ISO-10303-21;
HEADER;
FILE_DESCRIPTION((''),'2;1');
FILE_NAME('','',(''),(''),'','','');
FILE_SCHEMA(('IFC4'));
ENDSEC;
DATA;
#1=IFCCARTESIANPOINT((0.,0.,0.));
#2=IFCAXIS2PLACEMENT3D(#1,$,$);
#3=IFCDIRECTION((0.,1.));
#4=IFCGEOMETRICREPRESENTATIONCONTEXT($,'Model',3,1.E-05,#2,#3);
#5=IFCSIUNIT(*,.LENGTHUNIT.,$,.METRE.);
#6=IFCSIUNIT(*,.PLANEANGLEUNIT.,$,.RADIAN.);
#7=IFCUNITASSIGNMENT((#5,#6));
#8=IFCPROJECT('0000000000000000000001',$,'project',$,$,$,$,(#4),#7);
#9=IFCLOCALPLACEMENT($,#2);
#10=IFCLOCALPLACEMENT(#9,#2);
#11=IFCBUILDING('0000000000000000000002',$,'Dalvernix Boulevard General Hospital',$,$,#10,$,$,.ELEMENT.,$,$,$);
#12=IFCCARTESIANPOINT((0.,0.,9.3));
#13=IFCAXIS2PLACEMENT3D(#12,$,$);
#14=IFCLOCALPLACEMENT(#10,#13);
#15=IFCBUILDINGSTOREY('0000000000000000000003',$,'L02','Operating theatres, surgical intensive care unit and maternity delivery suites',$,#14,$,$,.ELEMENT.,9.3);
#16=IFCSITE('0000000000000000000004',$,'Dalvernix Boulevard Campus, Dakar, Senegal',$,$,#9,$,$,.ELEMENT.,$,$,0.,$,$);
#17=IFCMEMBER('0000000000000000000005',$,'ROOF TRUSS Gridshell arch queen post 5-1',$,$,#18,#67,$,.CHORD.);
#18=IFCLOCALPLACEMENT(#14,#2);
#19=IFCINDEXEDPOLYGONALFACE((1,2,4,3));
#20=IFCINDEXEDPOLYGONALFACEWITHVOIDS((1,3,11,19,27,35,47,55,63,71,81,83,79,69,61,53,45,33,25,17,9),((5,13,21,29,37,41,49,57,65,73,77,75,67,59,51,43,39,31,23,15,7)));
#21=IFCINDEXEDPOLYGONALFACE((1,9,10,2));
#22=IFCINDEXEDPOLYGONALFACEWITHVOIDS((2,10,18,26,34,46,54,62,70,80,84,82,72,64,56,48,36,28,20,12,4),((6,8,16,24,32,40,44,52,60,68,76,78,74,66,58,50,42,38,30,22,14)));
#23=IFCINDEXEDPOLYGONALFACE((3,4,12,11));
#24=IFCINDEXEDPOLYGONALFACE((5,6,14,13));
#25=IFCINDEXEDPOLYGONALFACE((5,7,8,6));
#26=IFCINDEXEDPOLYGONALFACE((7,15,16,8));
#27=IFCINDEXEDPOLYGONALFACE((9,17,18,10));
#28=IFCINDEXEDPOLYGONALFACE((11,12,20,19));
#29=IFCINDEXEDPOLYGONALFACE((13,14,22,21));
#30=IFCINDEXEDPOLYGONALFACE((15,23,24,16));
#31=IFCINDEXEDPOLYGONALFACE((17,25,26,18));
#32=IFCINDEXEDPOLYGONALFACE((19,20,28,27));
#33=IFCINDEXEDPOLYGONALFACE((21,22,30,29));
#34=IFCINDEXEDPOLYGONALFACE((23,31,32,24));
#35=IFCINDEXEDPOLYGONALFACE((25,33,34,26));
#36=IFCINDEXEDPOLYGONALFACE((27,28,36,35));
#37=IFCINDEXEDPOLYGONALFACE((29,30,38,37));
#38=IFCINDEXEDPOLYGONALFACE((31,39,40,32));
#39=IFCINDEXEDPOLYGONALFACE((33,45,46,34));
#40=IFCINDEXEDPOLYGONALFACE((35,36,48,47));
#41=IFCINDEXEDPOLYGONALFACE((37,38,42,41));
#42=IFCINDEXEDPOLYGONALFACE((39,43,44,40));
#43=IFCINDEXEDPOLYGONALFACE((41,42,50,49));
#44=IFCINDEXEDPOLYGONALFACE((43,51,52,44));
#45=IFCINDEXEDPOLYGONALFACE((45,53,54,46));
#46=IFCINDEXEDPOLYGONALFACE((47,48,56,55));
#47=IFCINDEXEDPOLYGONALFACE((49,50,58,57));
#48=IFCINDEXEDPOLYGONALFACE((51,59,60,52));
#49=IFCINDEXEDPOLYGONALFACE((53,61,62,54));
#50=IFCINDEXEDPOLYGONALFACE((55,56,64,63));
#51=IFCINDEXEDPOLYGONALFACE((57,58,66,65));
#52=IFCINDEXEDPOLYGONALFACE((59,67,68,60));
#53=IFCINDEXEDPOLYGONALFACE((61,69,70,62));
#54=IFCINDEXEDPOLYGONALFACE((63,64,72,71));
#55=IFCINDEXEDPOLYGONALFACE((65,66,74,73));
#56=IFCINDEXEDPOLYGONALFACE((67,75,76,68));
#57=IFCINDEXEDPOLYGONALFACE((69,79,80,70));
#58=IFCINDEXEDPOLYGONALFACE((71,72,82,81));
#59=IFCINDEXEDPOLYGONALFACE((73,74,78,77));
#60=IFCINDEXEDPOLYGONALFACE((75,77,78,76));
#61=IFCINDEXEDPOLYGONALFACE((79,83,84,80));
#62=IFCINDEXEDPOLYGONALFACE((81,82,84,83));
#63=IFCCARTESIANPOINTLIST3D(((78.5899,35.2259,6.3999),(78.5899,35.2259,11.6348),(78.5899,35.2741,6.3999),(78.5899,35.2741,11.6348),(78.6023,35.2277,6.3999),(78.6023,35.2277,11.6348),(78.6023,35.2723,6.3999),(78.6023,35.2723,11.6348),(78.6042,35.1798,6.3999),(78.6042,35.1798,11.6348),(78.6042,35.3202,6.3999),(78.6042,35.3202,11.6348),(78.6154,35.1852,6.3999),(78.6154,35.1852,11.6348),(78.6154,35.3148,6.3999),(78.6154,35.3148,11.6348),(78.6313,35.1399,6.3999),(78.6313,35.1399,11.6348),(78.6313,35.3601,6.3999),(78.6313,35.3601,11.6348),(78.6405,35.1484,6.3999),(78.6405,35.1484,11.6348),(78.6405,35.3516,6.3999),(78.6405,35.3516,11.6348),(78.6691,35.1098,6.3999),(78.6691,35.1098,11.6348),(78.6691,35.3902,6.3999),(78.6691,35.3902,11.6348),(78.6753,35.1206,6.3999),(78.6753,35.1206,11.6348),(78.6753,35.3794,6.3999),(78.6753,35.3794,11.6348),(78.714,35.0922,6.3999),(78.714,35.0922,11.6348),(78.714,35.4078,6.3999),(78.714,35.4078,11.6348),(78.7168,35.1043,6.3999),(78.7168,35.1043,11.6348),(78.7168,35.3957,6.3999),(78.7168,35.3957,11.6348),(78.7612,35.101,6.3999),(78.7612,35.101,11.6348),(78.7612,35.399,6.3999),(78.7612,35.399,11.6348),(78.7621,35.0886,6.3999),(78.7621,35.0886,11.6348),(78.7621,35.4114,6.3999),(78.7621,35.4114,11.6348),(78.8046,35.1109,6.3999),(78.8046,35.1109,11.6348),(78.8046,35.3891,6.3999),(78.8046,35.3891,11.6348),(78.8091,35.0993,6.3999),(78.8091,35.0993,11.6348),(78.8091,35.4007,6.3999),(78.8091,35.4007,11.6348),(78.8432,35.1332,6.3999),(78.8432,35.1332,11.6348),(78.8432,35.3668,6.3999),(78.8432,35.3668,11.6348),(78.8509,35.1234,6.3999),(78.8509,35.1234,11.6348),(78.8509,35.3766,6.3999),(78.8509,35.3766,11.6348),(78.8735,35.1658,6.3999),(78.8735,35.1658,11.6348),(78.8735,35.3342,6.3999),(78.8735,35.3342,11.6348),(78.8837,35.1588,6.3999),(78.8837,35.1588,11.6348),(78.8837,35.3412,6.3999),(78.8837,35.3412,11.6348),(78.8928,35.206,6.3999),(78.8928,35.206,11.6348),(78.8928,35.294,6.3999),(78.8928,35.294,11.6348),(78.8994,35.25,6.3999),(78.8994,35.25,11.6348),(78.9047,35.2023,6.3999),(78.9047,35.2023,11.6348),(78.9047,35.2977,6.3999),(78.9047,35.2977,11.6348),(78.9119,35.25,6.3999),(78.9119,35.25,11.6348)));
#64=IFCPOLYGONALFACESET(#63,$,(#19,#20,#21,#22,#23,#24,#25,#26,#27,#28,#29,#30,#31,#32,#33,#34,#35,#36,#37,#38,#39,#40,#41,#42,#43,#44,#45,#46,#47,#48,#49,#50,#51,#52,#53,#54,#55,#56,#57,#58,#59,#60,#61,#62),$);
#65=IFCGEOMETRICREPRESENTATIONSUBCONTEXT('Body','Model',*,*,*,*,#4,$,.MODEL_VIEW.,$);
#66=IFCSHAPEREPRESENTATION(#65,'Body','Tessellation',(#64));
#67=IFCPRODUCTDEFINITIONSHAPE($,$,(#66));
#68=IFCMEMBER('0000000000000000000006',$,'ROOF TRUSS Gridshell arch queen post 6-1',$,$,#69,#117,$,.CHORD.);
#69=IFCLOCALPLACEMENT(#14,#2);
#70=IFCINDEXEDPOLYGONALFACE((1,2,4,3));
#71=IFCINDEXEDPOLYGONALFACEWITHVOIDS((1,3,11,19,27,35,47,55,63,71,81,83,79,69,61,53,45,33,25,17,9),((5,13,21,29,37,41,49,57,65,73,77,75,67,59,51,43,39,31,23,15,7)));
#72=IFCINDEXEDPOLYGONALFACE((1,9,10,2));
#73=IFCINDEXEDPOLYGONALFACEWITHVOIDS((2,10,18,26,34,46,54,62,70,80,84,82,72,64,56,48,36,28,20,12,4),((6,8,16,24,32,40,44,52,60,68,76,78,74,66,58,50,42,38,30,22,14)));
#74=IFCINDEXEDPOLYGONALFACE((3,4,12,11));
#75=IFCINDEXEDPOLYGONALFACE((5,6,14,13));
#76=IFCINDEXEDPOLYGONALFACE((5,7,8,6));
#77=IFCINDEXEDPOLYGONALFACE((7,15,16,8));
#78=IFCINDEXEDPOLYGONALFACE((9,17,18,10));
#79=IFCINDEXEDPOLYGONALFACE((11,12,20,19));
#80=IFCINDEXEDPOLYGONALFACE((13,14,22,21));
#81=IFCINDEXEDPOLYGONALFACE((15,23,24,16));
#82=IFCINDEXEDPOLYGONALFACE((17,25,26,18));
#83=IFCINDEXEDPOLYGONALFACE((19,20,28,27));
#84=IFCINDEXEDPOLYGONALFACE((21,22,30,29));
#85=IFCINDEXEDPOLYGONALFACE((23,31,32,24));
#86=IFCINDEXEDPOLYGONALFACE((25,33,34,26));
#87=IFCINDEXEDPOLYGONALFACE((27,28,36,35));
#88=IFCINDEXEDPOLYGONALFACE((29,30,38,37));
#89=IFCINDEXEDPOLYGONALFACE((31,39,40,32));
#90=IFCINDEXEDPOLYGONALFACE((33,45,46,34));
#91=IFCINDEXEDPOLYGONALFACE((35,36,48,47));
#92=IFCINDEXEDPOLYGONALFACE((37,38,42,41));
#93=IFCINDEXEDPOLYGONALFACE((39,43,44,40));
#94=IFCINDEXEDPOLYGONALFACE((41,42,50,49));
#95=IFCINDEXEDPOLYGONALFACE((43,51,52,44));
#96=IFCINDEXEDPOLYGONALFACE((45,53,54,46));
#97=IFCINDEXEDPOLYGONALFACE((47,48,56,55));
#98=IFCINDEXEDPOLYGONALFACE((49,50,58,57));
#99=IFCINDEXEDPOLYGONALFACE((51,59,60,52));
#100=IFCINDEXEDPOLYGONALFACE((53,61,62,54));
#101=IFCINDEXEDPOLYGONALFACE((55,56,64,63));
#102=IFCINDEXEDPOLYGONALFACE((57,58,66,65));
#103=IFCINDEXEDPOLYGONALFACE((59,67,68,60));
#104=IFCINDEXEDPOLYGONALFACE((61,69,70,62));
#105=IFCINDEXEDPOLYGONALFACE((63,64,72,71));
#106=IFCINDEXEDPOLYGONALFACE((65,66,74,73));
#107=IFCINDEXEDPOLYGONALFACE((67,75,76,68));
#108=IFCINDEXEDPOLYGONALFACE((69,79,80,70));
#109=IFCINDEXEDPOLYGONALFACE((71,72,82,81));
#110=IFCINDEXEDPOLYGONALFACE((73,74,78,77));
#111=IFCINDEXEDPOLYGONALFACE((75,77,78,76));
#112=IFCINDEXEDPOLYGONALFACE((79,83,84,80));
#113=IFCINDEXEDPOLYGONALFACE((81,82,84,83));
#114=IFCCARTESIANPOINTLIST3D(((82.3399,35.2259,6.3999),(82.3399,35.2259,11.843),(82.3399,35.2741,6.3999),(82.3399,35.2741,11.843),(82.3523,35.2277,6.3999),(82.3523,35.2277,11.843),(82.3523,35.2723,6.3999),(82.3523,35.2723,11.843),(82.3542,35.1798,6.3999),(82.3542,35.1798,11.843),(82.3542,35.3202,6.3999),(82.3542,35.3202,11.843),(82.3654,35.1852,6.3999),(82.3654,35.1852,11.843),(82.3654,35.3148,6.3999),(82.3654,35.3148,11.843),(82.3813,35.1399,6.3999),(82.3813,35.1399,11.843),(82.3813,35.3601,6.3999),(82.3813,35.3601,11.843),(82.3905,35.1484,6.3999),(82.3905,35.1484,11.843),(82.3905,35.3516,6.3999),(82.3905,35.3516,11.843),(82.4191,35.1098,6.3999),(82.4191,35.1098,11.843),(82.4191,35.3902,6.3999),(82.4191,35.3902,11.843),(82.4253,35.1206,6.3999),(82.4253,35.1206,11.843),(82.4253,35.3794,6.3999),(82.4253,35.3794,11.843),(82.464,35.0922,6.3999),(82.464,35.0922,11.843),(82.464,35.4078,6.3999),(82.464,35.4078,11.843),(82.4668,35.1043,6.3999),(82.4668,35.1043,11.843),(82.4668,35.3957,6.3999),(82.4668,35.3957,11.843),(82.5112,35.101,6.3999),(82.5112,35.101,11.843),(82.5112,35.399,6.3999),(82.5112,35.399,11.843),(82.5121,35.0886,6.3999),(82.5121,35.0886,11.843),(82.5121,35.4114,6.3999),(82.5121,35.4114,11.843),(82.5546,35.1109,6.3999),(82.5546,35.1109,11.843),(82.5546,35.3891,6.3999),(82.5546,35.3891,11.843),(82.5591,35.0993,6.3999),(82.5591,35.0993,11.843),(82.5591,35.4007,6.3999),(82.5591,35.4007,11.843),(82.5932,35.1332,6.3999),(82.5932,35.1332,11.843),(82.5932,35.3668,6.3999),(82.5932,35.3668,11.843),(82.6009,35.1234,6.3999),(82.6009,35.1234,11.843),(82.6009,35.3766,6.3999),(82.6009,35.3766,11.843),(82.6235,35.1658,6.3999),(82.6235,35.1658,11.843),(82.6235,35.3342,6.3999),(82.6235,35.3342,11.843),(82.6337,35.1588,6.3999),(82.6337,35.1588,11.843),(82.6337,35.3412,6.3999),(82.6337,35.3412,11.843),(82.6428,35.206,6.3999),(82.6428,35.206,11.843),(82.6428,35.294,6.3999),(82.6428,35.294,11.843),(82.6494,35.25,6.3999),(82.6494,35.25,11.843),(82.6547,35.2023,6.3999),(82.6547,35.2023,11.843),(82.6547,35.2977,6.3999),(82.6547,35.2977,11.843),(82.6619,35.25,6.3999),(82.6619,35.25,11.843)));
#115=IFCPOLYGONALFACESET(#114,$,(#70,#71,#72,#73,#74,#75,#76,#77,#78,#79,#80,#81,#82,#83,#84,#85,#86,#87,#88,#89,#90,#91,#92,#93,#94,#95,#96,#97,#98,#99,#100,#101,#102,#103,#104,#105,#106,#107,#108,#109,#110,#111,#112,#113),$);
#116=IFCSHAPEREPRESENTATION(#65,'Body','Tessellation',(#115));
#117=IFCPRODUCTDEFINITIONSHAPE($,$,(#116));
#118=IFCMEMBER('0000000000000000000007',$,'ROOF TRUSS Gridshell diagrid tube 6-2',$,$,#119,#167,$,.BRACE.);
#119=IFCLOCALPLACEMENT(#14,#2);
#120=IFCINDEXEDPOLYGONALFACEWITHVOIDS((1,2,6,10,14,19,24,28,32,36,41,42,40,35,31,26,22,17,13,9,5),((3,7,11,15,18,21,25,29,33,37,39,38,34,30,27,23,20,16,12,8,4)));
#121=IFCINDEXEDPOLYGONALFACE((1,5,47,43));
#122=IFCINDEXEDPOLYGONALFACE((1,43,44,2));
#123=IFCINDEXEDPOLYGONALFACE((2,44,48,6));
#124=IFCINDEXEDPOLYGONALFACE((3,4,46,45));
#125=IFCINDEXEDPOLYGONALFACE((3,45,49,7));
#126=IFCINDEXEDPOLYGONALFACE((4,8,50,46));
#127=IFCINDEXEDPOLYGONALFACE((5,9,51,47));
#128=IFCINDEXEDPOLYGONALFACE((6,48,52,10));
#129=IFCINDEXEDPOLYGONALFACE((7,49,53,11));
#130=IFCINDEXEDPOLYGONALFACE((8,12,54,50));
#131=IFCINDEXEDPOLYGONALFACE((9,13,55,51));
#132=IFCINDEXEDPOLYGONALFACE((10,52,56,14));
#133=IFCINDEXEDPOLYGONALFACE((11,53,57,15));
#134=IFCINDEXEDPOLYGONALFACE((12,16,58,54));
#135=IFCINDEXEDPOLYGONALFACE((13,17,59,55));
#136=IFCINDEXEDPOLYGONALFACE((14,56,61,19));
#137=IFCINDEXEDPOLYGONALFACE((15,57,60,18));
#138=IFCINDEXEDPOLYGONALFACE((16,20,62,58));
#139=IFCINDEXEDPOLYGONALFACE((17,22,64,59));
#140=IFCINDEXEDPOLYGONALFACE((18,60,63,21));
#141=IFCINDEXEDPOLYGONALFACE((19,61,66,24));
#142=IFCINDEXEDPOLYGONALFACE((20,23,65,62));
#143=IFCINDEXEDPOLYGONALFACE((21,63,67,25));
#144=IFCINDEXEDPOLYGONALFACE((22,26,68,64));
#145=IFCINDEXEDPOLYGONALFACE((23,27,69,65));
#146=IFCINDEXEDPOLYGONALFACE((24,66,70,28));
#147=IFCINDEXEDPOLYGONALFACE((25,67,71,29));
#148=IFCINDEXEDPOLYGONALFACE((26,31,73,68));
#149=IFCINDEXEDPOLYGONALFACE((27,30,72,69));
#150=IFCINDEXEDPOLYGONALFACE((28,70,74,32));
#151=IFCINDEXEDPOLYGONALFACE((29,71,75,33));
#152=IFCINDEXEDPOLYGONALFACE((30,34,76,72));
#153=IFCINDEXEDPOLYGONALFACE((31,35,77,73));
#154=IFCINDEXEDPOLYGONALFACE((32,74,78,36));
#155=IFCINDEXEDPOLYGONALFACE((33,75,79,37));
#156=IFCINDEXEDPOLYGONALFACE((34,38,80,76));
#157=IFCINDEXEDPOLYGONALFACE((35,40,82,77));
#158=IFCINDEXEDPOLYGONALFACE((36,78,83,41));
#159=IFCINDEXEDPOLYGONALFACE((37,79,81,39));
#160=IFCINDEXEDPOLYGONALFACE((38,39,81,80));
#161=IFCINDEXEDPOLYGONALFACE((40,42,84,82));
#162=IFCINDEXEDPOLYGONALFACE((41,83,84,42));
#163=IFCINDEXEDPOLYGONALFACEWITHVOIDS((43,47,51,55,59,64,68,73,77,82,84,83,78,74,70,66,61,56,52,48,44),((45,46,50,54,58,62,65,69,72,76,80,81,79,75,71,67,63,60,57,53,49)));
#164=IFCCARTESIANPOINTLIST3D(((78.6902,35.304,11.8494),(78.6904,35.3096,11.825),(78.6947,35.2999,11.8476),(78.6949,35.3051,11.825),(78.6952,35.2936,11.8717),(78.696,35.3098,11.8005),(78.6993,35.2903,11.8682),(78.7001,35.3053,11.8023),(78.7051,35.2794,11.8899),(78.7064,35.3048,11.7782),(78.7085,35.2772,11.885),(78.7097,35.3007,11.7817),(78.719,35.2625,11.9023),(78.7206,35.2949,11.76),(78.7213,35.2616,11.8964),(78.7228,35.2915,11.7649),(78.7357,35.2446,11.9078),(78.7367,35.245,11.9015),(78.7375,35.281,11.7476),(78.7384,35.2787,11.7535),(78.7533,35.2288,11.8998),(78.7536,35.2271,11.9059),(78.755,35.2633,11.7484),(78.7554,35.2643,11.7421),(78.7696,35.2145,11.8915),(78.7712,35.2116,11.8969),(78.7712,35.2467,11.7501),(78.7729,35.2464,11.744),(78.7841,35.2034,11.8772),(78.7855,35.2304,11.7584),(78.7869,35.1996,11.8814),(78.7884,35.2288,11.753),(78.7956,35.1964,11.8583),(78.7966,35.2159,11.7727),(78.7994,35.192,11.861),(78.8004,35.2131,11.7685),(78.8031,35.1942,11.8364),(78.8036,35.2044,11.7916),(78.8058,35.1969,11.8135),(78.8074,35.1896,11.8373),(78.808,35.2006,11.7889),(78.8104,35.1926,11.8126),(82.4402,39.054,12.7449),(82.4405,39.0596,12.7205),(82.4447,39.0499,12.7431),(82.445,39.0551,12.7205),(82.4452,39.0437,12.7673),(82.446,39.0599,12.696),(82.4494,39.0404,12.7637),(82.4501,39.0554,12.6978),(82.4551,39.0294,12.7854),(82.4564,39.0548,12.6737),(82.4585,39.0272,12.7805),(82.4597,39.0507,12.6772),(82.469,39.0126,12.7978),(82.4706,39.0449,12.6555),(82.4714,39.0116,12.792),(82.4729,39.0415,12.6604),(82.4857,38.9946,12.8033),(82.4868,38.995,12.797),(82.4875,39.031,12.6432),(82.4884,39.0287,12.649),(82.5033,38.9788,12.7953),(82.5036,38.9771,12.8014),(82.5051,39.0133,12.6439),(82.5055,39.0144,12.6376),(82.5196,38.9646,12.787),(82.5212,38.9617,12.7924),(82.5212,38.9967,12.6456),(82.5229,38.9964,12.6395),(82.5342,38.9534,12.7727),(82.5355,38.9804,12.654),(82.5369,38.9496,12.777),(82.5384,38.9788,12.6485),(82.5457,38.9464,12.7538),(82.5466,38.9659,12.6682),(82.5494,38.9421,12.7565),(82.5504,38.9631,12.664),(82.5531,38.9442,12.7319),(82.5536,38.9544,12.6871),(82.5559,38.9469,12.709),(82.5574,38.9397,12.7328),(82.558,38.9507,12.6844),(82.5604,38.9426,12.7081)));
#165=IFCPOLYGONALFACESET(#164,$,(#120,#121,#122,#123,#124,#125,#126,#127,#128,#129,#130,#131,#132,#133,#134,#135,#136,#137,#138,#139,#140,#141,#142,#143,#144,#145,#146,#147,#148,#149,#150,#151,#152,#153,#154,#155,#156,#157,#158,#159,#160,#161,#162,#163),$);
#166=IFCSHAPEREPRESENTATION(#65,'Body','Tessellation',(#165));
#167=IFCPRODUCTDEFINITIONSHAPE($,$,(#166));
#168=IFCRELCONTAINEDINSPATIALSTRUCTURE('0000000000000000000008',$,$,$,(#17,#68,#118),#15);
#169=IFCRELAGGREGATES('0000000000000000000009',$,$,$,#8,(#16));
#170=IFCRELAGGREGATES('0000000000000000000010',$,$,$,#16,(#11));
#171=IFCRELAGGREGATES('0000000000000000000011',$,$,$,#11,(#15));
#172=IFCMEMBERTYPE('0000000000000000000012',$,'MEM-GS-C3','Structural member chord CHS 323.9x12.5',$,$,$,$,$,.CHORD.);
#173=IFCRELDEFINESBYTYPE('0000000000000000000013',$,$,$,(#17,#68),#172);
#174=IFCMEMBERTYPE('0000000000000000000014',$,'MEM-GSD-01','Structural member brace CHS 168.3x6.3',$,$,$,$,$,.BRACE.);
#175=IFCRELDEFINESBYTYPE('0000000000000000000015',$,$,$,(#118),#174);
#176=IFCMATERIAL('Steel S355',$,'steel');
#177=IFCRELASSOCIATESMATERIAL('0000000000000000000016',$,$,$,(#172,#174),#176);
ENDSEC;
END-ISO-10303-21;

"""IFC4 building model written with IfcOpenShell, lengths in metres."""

from ifc_helpers import new_model, si_unit, direction, frame, origin, origin_2d, place, context, subcontext, project, spatial, hollow_circle, extrude, material, material_profile, profile_set, type_object, element, save


model = new_model("IFC4")

# Units and contexts
model_context = context("Model", 3, precision=1e-05, world=origin(), true_north=direction((0.0, 1.0)))
body_context = subcontext(model_context, "Body", "Model", "MODEL_VIEW")
ifc_project = project(units=[si_unit("LENGTHUNIT", "METRE"), si_unit("PLANEANGLEUNIT", "RADIAN")], contexts=[model_context])

# Site, building, storey
site_placement = place(None, origin())
site = spatial("IfcSite", under=ifc_project, at=site_placement, Name="Dalvernix Boulevard Campus, Dakar, Senegal", CompositionType="ELEMENT", RefElevation=0.0)
building_placement = place(site_placement, origin())
building = spatial("IfcBuilding", under=site, at=building_placement, Name="Dalvernix Boulevard General Hospital", CompositionType="ELEMENT")
storey_placement = place(building_placement, frame((0.0, 0.0, 9.3)))
storey = spatial("IfcBuildingStorey", under=building, at=storey_placement, Name="L02", Description="Operating theatres, surgical intensive care unit and maternity delivery suites", CompositionType="ELEMENT", Elevation=9.3)

# Shared definitions
ifc_material_1 = material(Name="Steel S355", Category="steel")

# Members
ifc_material_profile_1 = material_profile(ifc_material_1, hollow_circle(Radius=0.1619, WallThickness=0.0125, at=origin_2d()), Name="CHS 323.9x12.5")
ifc_profile_set_1 = profile_set([ifc_material_profile_1], Name="Steel S355")
member_type_1 = type_object("IfcMemberType", Name="MEM-GS-C3", Description="Structural member chord CHS 323.9x12.5", PredefinedType="CHORD", material=ifc_profile_set_1)
member_1_placement = place(storey_placement, frame((78.75, 35.25, 6.3999), z_axis=(0.0, 0.0, 1.0), x_axis=(1.0, 0.0, 0.0)))
element("IfcMember", 1, at=member_1_placement, inside=storey, type_object=member_type_1, Name="ROOF TRUSS Gridshell arch queen post 5-1", PredefinedType="CHORD", context=body_context, shape_type="SweptSolid", body=[
    extrude(hollow_circle(Radius=0.1619, WallThickness=0.0125, at=origin_2d()), origin(), (0.0, 0.0, 1.0), 5.2349),
])
member_2_placement = place(storey_placement, frame((82.5, 35.25, 6.3999), z_axis=(0.0, 0.0, 1.0), x_axis=(1.0, 0.0, 0.0)))
element("IfcMember", 2, at=member_2_placement, inside=storey, type_object=member_type_1, Name="ROOF TRUSS Gridshell arch queen post 6-1", PredefinedType="CHORD", context=body_context, shape_type="SweptSolid", body=[
    extrude(hollow_circle(Radius=0.1619, WallThickness=0.0125, at=origin_2d()), origin(), (0.0, 0.0, 1.0), 5.4431),
])
ifc_material_profile_2 = material_profile(ifc_material_1, hollow_circle(Radius=0.0842, WallThickness=0.0063, at=origin_2d()), Name="CHS 168.3x6.3")
ifc_profile_set_2 = profile_set([ifc_material_profile_2], Name="Steel S355")
member_type_2 = type_object("IfcMemberType", Name="MEM-GSD-01", Description="Structural member brace CHS 168.3x6.3", PredefinedType="BRACE", material=ifc_profile_set_2)
member_3_placement = place(storey_placement, frame((78.75, 35.25, 11.825), z_axis=(0.697236, 0.697236, 0.166502), x_axis=(-0.707107, 0.707107, 0.0)))
element("IfcMember", 3, at=member_3_placement, inside=storey, type_object=member_type_2, Name="ROOF TRUSS Gridshell diagrid tube 6-2", PredefinedType="BRACE", context=body_context, shape_type="SweptSolid", body=[
    extrude(hollow_circle(Radius=0.0842, WallThickness=0.0063, at=origin_2d()), origin(), (0.0, 0.0, 1.0), 5.3784),
])

save(model, "model.ifc")
